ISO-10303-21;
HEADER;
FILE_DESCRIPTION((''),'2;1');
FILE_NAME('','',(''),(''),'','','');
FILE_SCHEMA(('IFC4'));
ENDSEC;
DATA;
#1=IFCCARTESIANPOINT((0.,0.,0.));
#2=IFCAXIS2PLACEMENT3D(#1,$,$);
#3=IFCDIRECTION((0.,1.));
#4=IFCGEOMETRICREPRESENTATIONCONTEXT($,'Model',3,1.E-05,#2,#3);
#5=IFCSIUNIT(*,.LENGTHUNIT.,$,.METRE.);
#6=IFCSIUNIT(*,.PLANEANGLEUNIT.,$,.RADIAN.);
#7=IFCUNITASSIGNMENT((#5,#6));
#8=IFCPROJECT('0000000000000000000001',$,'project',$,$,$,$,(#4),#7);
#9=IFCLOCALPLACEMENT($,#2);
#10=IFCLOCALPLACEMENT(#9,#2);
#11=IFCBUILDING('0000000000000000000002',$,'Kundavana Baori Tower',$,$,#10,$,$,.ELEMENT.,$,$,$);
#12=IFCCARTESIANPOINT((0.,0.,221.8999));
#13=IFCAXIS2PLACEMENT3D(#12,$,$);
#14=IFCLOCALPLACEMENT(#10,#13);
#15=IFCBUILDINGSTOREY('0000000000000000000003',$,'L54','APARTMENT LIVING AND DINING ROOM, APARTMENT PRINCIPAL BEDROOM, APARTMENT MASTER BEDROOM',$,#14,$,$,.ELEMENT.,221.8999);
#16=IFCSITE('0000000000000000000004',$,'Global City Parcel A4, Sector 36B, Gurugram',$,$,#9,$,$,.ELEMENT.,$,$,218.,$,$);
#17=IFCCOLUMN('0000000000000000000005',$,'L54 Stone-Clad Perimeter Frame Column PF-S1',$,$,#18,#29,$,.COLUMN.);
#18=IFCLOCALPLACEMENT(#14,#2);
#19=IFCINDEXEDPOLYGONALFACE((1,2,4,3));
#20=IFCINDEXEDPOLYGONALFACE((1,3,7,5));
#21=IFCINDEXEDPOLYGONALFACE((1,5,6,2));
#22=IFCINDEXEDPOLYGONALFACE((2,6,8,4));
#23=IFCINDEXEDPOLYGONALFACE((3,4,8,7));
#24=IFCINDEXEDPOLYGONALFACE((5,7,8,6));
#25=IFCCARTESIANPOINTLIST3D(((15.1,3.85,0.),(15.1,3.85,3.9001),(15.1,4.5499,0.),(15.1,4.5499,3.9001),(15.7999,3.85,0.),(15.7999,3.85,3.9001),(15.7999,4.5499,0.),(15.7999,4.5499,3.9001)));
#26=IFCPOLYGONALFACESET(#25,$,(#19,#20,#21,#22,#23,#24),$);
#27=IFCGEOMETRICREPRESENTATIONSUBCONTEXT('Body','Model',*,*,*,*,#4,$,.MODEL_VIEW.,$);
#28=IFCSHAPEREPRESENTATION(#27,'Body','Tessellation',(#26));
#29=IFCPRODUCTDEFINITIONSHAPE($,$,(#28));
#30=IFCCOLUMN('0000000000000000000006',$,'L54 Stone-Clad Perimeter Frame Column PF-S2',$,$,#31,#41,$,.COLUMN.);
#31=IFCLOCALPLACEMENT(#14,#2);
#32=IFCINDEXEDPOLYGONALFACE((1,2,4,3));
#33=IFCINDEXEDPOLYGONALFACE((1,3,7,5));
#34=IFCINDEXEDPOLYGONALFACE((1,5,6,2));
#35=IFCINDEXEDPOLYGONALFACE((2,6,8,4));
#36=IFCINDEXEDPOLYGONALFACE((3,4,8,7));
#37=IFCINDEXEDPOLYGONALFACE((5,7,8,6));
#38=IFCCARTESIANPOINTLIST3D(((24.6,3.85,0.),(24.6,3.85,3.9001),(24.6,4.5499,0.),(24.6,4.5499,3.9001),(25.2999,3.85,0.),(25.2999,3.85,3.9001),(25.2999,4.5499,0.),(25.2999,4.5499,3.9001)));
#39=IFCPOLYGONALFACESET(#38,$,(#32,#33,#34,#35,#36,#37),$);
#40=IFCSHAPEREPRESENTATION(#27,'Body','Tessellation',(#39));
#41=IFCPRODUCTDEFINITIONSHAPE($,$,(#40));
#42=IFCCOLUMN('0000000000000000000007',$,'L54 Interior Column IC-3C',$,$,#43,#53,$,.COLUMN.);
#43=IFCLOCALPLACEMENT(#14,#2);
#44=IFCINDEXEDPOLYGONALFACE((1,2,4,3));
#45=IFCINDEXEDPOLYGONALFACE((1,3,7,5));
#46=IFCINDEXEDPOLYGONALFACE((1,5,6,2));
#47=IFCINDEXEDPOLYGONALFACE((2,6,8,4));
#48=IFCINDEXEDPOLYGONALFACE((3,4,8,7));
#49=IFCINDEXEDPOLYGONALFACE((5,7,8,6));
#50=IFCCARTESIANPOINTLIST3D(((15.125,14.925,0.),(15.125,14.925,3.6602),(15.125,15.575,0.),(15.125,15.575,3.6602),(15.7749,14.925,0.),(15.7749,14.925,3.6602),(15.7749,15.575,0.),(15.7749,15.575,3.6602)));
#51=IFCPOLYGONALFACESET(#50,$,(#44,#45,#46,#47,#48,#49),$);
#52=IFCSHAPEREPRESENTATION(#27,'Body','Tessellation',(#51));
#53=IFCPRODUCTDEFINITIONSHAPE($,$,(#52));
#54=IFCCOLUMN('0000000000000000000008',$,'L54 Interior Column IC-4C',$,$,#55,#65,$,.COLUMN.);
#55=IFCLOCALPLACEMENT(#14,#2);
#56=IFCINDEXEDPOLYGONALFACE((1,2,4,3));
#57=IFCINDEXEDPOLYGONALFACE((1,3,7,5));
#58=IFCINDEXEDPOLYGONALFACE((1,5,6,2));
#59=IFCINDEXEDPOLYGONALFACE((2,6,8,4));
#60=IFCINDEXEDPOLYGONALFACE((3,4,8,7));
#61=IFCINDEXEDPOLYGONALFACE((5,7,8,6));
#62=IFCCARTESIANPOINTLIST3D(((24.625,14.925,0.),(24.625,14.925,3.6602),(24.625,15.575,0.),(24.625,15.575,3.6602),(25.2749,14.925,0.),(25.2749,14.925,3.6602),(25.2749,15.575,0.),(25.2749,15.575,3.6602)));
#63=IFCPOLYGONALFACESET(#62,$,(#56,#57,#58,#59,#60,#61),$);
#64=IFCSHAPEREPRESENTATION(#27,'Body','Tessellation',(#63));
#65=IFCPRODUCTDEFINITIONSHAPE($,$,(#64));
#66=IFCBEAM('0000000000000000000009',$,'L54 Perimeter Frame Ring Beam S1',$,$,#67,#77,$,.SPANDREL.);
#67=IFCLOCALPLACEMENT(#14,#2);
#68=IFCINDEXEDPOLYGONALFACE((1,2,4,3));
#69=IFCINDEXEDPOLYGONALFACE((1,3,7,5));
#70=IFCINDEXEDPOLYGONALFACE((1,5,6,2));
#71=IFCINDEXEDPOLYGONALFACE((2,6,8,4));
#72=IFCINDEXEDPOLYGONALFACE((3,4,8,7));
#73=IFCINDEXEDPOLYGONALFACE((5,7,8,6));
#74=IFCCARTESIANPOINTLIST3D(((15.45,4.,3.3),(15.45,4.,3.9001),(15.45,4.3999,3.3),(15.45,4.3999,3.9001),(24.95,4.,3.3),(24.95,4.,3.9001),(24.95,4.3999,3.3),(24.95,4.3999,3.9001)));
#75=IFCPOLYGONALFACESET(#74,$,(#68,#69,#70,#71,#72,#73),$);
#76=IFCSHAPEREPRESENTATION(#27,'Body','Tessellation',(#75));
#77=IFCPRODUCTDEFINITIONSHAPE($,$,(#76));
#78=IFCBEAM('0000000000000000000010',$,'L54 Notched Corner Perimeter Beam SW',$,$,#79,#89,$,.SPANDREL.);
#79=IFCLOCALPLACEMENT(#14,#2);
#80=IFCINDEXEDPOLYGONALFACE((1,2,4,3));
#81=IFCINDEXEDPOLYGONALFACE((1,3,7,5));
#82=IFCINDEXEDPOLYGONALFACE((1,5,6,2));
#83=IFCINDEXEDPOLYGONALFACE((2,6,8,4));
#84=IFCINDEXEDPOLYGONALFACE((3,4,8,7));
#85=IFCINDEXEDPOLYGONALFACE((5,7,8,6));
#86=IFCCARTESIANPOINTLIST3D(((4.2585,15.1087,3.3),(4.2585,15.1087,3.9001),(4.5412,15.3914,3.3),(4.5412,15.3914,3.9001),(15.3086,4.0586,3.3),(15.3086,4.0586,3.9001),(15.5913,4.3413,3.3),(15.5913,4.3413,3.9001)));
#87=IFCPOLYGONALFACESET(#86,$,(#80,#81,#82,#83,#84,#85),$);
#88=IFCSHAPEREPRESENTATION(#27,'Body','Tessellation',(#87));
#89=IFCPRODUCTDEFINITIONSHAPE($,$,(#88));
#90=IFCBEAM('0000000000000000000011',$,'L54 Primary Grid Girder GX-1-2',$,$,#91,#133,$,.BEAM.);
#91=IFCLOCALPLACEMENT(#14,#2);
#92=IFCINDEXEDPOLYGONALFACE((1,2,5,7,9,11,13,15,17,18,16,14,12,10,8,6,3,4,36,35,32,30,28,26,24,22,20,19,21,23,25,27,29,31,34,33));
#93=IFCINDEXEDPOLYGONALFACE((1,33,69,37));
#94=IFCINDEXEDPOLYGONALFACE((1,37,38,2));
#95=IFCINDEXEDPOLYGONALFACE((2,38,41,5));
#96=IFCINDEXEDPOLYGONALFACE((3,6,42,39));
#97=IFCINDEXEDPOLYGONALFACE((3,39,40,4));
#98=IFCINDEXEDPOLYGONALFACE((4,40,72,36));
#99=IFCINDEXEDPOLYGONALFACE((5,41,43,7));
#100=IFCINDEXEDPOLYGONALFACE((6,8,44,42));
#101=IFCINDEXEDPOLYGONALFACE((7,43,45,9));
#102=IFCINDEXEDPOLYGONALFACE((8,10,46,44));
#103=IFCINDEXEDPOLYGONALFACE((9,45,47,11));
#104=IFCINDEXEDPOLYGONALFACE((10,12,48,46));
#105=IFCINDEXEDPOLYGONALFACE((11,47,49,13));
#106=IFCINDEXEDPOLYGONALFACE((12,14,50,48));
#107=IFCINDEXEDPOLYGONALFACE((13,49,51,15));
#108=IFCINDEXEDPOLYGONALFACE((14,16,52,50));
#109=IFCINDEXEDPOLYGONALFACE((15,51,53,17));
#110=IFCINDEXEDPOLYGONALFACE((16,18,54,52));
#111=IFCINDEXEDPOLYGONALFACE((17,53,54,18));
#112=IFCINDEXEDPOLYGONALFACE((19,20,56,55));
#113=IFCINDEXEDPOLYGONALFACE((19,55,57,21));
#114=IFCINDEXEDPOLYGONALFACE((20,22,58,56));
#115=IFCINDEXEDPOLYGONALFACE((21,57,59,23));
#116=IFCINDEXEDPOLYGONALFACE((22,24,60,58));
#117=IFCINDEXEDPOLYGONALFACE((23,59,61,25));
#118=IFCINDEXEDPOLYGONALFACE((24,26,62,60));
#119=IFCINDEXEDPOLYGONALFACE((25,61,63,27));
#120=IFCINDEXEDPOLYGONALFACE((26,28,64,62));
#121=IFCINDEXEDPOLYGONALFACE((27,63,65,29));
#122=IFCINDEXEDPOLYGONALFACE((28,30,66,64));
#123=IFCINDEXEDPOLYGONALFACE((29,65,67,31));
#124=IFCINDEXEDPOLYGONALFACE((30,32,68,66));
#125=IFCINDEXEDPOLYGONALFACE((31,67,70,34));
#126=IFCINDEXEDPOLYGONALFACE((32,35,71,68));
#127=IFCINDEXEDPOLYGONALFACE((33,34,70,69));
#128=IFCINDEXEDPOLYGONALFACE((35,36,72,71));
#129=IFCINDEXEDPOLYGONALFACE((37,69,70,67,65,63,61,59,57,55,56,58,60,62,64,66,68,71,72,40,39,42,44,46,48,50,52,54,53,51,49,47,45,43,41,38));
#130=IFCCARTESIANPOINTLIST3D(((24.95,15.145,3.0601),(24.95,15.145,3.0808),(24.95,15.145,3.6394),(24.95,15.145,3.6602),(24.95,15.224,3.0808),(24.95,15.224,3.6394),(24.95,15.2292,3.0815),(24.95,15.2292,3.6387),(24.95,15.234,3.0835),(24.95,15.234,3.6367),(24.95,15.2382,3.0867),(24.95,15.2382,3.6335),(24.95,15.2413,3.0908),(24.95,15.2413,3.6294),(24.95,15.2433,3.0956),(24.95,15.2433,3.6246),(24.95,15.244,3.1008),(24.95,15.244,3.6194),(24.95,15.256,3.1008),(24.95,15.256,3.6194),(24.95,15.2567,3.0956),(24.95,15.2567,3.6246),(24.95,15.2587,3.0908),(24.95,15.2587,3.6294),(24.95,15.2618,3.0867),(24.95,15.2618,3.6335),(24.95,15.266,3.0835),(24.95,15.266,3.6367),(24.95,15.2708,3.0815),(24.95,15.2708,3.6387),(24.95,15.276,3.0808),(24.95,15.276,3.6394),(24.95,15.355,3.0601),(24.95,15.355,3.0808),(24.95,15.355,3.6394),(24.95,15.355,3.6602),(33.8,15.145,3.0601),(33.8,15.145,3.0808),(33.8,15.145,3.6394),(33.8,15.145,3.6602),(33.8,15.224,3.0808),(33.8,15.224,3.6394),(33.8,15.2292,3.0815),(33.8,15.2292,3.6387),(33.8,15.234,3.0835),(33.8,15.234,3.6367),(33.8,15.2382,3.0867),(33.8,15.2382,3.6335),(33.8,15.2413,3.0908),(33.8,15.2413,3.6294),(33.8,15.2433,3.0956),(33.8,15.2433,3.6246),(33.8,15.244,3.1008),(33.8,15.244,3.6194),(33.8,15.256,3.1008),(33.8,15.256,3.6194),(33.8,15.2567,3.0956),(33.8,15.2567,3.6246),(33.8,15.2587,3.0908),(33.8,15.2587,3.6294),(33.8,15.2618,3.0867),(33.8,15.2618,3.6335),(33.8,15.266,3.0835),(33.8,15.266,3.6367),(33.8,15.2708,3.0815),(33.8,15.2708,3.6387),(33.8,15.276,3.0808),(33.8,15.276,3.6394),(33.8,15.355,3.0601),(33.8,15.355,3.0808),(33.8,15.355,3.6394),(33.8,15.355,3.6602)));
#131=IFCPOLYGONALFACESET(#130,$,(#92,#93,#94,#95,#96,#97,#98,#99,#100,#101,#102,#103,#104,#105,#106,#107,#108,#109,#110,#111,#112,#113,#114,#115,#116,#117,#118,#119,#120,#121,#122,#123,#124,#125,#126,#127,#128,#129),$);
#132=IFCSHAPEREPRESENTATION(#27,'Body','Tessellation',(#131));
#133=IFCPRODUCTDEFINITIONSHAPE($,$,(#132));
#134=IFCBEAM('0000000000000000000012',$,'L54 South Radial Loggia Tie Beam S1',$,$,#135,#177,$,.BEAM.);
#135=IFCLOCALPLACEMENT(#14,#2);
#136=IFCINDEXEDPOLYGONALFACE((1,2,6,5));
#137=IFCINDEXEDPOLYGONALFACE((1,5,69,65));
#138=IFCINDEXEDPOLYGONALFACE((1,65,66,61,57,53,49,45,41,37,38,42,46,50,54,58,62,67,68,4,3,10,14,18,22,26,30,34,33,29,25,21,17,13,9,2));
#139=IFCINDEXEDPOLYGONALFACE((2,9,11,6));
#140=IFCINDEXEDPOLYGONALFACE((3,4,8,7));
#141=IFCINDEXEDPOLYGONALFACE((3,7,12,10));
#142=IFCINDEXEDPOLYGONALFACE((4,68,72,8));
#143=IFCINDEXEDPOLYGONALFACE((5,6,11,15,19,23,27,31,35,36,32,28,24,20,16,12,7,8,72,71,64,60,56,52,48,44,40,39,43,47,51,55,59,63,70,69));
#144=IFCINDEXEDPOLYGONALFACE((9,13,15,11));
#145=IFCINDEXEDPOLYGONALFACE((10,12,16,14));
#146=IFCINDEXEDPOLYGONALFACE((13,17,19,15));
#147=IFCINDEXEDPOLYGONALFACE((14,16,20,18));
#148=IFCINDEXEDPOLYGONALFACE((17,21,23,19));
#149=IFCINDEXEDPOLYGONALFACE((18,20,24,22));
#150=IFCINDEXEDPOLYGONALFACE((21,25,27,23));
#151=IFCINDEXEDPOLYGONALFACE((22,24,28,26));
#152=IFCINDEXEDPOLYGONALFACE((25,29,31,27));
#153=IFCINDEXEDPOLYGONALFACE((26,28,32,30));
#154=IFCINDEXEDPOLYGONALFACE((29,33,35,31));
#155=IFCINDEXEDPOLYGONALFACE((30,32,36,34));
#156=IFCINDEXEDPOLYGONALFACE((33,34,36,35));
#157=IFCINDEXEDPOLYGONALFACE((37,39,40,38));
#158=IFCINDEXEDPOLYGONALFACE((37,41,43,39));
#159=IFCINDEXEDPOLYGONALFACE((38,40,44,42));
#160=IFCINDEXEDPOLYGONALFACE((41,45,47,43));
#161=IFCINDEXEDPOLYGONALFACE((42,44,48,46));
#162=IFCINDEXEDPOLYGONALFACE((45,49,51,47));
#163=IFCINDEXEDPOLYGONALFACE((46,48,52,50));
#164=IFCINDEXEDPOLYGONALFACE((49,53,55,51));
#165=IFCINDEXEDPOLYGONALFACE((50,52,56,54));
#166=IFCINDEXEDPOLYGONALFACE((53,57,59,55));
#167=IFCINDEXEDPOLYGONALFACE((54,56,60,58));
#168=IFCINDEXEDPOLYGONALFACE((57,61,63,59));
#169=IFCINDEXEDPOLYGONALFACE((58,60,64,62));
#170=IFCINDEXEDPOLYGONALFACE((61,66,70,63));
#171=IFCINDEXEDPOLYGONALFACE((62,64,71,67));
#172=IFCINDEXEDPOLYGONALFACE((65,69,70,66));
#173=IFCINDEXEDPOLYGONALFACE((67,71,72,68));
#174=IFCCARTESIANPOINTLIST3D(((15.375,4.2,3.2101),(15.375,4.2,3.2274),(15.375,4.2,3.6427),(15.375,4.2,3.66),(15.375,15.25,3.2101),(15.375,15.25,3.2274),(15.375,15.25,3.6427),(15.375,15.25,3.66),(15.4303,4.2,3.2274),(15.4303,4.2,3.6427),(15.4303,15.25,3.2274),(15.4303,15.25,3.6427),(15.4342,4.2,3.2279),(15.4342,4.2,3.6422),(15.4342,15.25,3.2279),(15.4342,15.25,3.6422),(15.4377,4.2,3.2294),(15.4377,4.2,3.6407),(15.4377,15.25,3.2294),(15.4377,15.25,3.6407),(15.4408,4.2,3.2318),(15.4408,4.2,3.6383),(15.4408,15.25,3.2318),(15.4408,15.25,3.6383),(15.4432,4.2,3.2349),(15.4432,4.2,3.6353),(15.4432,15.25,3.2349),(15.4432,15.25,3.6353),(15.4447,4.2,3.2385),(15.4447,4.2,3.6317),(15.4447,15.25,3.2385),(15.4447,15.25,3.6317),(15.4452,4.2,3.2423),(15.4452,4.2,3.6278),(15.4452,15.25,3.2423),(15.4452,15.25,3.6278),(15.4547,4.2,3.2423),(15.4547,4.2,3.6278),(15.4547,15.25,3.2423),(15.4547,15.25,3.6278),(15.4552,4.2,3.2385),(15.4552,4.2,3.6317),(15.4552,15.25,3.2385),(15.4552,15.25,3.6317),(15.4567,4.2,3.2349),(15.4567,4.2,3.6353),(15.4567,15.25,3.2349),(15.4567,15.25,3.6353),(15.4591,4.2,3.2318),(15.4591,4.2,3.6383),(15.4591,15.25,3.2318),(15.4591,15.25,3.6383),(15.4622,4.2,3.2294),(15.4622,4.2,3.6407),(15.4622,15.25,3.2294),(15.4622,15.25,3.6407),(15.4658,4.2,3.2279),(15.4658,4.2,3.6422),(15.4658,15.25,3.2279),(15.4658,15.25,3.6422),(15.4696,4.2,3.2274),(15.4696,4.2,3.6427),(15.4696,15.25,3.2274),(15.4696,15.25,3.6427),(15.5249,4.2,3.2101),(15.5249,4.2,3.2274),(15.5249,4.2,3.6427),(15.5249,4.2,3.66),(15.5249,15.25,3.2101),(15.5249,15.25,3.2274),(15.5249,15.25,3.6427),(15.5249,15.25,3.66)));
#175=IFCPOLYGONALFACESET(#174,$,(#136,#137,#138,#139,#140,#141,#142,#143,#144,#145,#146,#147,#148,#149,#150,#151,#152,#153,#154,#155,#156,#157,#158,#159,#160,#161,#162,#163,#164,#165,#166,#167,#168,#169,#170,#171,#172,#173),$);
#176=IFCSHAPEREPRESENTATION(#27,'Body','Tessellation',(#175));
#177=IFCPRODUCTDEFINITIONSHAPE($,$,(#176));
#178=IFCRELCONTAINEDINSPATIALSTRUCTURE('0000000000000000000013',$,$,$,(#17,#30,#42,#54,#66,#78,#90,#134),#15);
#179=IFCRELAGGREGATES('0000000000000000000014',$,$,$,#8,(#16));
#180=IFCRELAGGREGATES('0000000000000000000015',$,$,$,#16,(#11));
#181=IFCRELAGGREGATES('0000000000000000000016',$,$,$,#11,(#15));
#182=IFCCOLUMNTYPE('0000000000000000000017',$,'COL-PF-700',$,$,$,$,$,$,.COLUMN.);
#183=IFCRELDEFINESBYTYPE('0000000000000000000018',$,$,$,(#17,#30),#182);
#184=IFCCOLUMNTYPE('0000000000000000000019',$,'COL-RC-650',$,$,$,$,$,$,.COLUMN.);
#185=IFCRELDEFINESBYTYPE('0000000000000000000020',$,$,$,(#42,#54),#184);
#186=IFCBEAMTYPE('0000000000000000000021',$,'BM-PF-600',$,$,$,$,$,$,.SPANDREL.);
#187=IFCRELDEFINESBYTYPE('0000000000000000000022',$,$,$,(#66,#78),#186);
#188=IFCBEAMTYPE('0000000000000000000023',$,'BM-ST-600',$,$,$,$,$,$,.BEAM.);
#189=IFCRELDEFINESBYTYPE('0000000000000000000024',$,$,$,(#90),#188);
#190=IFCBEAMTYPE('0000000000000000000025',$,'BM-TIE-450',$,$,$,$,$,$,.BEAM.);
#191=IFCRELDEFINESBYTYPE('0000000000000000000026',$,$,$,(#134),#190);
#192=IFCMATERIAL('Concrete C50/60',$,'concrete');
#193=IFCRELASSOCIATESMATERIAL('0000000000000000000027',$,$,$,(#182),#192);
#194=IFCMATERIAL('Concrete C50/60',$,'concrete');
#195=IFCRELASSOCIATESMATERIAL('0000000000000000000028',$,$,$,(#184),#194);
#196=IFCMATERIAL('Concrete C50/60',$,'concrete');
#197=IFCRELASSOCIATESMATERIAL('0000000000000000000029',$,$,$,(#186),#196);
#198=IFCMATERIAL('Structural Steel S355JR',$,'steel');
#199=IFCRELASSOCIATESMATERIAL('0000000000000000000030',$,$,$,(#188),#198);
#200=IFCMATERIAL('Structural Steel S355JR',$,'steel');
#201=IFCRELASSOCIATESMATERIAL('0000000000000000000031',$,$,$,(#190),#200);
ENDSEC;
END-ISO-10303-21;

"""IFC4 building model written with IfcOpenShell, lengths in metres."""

from ifc_helpers import new_model, si_unit, direction, frame, origin, origin_2d, place, context, subcontext, project, spatial, rectangle, i_section, extrude, material, material_profile, profile_set, type_object, element, save


model = new_model("IFC4")

# Units and contexts
model_context = context("Model", 3, precision=1e-05, world=origin(), true_north=direction((0.0, 1.0)))
body_context = subcontext(model_context, "Body", "Model", "MODEL_VIEW")
ifc_project = project(units=[si_unit("LENGTHUNIT", "METRE"), si_unit("PLANEANGLEUNIT", "RADIAN")], contexts=[model_context])

# Site, building, storey
site_placement = place(None, origin())
site = spatial("IfcSite", under=ifc_project, at=site_placement, Name="Global City Parcel A4, Sector 36B, Gurugram", CompositionType="ELEMENT", RefElevation=218.0)
building_placement = place(site_placement, origin())
building = spatial("IfcBuilding", under=site, at=building_placement, Name="Kundavana Baori Tower", CompositionType="ELEMENT")
storey_placement = place(building_placement, frame((0.0, 0.0, 221.8999)))
storey = spatial("IfcBuildingStorey", under=building, at=storey_placement, Name="L54", Description="APARTMENT LIVING AND DINING ROOM, APARTMENT PRINCIPAL BEDROOM, APARTMENT MASTER BEDROOM", CompositionType="ELEMENT", Elevation=221.8999)

# Columns
ifc_material_1 = material(Name="Concrete C50/60", Category="concrete")
ifc_material_profile_1 = material_profile(ifc_material_1, rectangle(XDim=0.7, YDim=0.7, at=origin_2d()), Name="RC PF 700x700")
ifc_profile_set_1 = profile_set([ifc_material_profile_1], Name="Concrete C50/60")
column_type_1 = type_object("IfcColumnType", Name="COL-PF-700", PredefinedType="COLUMN", material=ifc_profile_set_1)
for number, where, z_axis, x_axis, name in (
    (1, (15.45, 4.2, 0.0), (0.0, 0.0, 1.0), (1.0, 0.0, 0.0), "L54 Stone-Clad Perimeter Frame Column PF-S1"),
    (2, (24.95, 4.2, 0.0), (0.0, 0.0, 1.0), (1.0, 0.0, 0.0), "L54 Stone-Clad Perimeter Frame Column PF-S2"),
):
    element("IfcColumn", number, at=place(storey_placement, frame(where, z_axis=z_axis, x_axis=x_axis)), inside=storey, type_object=column_type_1, Name=name, PredefinedType="COLUMN", context=body_context, shape_type="SweptSolid", body=[
        extrude(rectangle(XDim=0.7, YDim=0.7, at=origin_2d()), origin(), (0.0, 0.0, 1.0), 3.9001),
    ])
ifc_material_2 = material(Name="Concrete C50/60", Category="concrete")
ifc_material_profile_2 = material_profile(ifc_material_2, rectangle(XDim=0.6499, YDim=0.6499, at=origin_2d()), Name="RC 650x650")
ifc_profile_set_2 = profile_set([ifc_material_profile_2], Name="Concrete C50/60")
column_type_2 = type_object("IfcColumnType", Name="COL-RC-650", PredefinedType="COLUMN", material=ifc_profile_set_2)
for number, where, z_axis, x_axis, name in (
    (3, (15.45, 15.25, 0.0), (0.0, 0.0, 1.0), (1.0, 0.0, 0.0), "L54 Interior Column IC-3C"),
    (4, (24.95, 15.25, 0.0), (0.0, 0.0, 1.0), (1.0, 0.0, 0.0), "L54 Interior Column IC-4C"),
):
    element("IfcColumn", number, at=place(storey_placement, frame(where, z_axis=z_axis, x_axis=x_axis)), inside=storey, type_object=column_type_2, Name=name, PredefinedType="COLUMN", context=body_context, shape_type="SweptSolid", body=[
        extrude(rectangle(XDim=0.6499, YDim=0.6499, at=origin_2d()), origin(), (0.0, 0.0, 1.0), 3.6602),
    ])

# Beams
ifc_material_3 = material(Name="Concrete C50/60", Category="concrete")
ifc_material_profile_3 = material_profile(ifc_material_3, rectangle(XDim=0.3999, YDim=0.6001, at=origin_2d()), Name="RC BM 400x600")
ifc_profile_set_3 = profile_set([ifc_material_profile_3], Name="Concrete C50/60")
beam_type_1 = type_object("IfcBeamType", Name="BM-PF-600", PredefinedType="SPANDREL", material=ifc_profile_set_3)
beam_1_placement = place(storey_placement, frame((15.45, 4.2, 3.6001), z_axis=(1.0, 0.0, 0.0), x_axis=(0.0, 1.0, 0.0)))
element("IfcBeam", 5, at=beam_1_placement, inside=storey, type_object=beam_type_1, Name="L54 Perimeter Frame Ring Beam S1", PredefinedType="SPANDREL", context=body_context, shape_type="SweptSolid", body=[
    extrude(rectangle(XDim=0.3999, YDim=0.6001, at=origin_2d()), origin(), (0.0, 0.0, 1.0), 9.5),
])
beam_2_placement = place(storey_placement, frame((15.45, 4.2, 3.6001), z_axis=(-0.707107, 0.707107, 0.0), x_axis=(-0.707107, -0.707107, 0.0)))
element("IfcBeam", 6, at=beam_2_placement, inside=storey, type_object=beam_type_1, Name="L54 Notched Corner Perimeter Beam SW", PredefinedType="SPANDREL", context=body_context, shape_type="SweptSolid", body=[
    extrude(rectangle(XDim=0.3999, YDim=0.6001, at=origin_2d()), origin(), (0.0, 0.0, 1.0), 15.6272),
])
ifc_material_4 = material(Name="Structural Steel S355JR", Category="steel")
ifc_material_profile_4 = material_profile(ifc_material_4, i_section(OverallWidth=0.21, OverallDepth=0.6001, WebThickness=0.012, FlangeThickness=0.0208, FilletRadius=0.02, at=origin_2d()), Name="ISMB 600")
ifc_profile_set_4 = profile_set([ifc_material_profile_4], Name="Structural Steel S355JR")
beam_type_2 = type_object("IfcBeamType", Name="BM-ST-600", PredefinedType="BEAM", material=ifc_profile_set_4)
beam_3_placement = place(storey_placement, frame((24.95, 15.25, 3.3601), z_axis=(1.0, 0.0, 0.0), x_axis=(0.0, 1.0, 0.0)))
element("IfcBeam", 7, at=beam_3_placement, inside=storey, type_object=beam_type_2, Name="L54 Primary Grid Girder GX-1-2", PredefinedType="BEAM", context=body_context, shape_type="SweptSolid", body=[
    extrude(i_section(OverallWidth=0.21, OverallDepth=0.6001, WebThickness=0.012, FlangeThickness=0.0208, FilletRadius=0.02, at=origin_2d()), origin(), (0.0, 0.0, 1.0), 8.8501),
])
ifc_material_5 = material(Name="Structural Steel S355JR", Category="steel")
ifc_material_profile_5 = material_profile(ifc_material_5, i_section(OverallWidth=0.1499, OverallDepth=0.45, WebThickness=0.0095, FlangeThickness=0.0173, FilletRadius=0.0149, at=origin_2d()), Name="ISMB 450")
ifc_profile_set_5 = profile_set([ifc_material_profile_5], Name="Structural Steel S355JR")
beam_type_3 = type_object("IfcBeamType", Name="BM-TIE-450", PredefinedType="BEAM", material=ifc_profile_set_5)
for number, where, z_axis, x_axis, name in (
    (8, (15.45, 15.25, 3.4351), (0.0, -1.0, 0.0), (1.0, 0.0, 0.0), "L54 South Radial Loggia Tie Beam S1"),
):
    element("IfcBeam", number, at=place(storey_placement, frame(where, z_axis=z_axis, x_axis=x_axis)), inside=storey, type_object=beam_type_3, Name=name, PredefinedType="BEAM", context=body_context, shape_type="SweptSolid", body=[
        extrude(i_section(OverallWidth=0.1499, OverallDepth=0.45, WebThickness=0.0095, FlangeThickness=0.0173, FilletRadius=0.0149, at=origin_2d()), origin(), (0.0, 0.0, 1.0), 11.05),
    ])

save(model, "model.ifc")
